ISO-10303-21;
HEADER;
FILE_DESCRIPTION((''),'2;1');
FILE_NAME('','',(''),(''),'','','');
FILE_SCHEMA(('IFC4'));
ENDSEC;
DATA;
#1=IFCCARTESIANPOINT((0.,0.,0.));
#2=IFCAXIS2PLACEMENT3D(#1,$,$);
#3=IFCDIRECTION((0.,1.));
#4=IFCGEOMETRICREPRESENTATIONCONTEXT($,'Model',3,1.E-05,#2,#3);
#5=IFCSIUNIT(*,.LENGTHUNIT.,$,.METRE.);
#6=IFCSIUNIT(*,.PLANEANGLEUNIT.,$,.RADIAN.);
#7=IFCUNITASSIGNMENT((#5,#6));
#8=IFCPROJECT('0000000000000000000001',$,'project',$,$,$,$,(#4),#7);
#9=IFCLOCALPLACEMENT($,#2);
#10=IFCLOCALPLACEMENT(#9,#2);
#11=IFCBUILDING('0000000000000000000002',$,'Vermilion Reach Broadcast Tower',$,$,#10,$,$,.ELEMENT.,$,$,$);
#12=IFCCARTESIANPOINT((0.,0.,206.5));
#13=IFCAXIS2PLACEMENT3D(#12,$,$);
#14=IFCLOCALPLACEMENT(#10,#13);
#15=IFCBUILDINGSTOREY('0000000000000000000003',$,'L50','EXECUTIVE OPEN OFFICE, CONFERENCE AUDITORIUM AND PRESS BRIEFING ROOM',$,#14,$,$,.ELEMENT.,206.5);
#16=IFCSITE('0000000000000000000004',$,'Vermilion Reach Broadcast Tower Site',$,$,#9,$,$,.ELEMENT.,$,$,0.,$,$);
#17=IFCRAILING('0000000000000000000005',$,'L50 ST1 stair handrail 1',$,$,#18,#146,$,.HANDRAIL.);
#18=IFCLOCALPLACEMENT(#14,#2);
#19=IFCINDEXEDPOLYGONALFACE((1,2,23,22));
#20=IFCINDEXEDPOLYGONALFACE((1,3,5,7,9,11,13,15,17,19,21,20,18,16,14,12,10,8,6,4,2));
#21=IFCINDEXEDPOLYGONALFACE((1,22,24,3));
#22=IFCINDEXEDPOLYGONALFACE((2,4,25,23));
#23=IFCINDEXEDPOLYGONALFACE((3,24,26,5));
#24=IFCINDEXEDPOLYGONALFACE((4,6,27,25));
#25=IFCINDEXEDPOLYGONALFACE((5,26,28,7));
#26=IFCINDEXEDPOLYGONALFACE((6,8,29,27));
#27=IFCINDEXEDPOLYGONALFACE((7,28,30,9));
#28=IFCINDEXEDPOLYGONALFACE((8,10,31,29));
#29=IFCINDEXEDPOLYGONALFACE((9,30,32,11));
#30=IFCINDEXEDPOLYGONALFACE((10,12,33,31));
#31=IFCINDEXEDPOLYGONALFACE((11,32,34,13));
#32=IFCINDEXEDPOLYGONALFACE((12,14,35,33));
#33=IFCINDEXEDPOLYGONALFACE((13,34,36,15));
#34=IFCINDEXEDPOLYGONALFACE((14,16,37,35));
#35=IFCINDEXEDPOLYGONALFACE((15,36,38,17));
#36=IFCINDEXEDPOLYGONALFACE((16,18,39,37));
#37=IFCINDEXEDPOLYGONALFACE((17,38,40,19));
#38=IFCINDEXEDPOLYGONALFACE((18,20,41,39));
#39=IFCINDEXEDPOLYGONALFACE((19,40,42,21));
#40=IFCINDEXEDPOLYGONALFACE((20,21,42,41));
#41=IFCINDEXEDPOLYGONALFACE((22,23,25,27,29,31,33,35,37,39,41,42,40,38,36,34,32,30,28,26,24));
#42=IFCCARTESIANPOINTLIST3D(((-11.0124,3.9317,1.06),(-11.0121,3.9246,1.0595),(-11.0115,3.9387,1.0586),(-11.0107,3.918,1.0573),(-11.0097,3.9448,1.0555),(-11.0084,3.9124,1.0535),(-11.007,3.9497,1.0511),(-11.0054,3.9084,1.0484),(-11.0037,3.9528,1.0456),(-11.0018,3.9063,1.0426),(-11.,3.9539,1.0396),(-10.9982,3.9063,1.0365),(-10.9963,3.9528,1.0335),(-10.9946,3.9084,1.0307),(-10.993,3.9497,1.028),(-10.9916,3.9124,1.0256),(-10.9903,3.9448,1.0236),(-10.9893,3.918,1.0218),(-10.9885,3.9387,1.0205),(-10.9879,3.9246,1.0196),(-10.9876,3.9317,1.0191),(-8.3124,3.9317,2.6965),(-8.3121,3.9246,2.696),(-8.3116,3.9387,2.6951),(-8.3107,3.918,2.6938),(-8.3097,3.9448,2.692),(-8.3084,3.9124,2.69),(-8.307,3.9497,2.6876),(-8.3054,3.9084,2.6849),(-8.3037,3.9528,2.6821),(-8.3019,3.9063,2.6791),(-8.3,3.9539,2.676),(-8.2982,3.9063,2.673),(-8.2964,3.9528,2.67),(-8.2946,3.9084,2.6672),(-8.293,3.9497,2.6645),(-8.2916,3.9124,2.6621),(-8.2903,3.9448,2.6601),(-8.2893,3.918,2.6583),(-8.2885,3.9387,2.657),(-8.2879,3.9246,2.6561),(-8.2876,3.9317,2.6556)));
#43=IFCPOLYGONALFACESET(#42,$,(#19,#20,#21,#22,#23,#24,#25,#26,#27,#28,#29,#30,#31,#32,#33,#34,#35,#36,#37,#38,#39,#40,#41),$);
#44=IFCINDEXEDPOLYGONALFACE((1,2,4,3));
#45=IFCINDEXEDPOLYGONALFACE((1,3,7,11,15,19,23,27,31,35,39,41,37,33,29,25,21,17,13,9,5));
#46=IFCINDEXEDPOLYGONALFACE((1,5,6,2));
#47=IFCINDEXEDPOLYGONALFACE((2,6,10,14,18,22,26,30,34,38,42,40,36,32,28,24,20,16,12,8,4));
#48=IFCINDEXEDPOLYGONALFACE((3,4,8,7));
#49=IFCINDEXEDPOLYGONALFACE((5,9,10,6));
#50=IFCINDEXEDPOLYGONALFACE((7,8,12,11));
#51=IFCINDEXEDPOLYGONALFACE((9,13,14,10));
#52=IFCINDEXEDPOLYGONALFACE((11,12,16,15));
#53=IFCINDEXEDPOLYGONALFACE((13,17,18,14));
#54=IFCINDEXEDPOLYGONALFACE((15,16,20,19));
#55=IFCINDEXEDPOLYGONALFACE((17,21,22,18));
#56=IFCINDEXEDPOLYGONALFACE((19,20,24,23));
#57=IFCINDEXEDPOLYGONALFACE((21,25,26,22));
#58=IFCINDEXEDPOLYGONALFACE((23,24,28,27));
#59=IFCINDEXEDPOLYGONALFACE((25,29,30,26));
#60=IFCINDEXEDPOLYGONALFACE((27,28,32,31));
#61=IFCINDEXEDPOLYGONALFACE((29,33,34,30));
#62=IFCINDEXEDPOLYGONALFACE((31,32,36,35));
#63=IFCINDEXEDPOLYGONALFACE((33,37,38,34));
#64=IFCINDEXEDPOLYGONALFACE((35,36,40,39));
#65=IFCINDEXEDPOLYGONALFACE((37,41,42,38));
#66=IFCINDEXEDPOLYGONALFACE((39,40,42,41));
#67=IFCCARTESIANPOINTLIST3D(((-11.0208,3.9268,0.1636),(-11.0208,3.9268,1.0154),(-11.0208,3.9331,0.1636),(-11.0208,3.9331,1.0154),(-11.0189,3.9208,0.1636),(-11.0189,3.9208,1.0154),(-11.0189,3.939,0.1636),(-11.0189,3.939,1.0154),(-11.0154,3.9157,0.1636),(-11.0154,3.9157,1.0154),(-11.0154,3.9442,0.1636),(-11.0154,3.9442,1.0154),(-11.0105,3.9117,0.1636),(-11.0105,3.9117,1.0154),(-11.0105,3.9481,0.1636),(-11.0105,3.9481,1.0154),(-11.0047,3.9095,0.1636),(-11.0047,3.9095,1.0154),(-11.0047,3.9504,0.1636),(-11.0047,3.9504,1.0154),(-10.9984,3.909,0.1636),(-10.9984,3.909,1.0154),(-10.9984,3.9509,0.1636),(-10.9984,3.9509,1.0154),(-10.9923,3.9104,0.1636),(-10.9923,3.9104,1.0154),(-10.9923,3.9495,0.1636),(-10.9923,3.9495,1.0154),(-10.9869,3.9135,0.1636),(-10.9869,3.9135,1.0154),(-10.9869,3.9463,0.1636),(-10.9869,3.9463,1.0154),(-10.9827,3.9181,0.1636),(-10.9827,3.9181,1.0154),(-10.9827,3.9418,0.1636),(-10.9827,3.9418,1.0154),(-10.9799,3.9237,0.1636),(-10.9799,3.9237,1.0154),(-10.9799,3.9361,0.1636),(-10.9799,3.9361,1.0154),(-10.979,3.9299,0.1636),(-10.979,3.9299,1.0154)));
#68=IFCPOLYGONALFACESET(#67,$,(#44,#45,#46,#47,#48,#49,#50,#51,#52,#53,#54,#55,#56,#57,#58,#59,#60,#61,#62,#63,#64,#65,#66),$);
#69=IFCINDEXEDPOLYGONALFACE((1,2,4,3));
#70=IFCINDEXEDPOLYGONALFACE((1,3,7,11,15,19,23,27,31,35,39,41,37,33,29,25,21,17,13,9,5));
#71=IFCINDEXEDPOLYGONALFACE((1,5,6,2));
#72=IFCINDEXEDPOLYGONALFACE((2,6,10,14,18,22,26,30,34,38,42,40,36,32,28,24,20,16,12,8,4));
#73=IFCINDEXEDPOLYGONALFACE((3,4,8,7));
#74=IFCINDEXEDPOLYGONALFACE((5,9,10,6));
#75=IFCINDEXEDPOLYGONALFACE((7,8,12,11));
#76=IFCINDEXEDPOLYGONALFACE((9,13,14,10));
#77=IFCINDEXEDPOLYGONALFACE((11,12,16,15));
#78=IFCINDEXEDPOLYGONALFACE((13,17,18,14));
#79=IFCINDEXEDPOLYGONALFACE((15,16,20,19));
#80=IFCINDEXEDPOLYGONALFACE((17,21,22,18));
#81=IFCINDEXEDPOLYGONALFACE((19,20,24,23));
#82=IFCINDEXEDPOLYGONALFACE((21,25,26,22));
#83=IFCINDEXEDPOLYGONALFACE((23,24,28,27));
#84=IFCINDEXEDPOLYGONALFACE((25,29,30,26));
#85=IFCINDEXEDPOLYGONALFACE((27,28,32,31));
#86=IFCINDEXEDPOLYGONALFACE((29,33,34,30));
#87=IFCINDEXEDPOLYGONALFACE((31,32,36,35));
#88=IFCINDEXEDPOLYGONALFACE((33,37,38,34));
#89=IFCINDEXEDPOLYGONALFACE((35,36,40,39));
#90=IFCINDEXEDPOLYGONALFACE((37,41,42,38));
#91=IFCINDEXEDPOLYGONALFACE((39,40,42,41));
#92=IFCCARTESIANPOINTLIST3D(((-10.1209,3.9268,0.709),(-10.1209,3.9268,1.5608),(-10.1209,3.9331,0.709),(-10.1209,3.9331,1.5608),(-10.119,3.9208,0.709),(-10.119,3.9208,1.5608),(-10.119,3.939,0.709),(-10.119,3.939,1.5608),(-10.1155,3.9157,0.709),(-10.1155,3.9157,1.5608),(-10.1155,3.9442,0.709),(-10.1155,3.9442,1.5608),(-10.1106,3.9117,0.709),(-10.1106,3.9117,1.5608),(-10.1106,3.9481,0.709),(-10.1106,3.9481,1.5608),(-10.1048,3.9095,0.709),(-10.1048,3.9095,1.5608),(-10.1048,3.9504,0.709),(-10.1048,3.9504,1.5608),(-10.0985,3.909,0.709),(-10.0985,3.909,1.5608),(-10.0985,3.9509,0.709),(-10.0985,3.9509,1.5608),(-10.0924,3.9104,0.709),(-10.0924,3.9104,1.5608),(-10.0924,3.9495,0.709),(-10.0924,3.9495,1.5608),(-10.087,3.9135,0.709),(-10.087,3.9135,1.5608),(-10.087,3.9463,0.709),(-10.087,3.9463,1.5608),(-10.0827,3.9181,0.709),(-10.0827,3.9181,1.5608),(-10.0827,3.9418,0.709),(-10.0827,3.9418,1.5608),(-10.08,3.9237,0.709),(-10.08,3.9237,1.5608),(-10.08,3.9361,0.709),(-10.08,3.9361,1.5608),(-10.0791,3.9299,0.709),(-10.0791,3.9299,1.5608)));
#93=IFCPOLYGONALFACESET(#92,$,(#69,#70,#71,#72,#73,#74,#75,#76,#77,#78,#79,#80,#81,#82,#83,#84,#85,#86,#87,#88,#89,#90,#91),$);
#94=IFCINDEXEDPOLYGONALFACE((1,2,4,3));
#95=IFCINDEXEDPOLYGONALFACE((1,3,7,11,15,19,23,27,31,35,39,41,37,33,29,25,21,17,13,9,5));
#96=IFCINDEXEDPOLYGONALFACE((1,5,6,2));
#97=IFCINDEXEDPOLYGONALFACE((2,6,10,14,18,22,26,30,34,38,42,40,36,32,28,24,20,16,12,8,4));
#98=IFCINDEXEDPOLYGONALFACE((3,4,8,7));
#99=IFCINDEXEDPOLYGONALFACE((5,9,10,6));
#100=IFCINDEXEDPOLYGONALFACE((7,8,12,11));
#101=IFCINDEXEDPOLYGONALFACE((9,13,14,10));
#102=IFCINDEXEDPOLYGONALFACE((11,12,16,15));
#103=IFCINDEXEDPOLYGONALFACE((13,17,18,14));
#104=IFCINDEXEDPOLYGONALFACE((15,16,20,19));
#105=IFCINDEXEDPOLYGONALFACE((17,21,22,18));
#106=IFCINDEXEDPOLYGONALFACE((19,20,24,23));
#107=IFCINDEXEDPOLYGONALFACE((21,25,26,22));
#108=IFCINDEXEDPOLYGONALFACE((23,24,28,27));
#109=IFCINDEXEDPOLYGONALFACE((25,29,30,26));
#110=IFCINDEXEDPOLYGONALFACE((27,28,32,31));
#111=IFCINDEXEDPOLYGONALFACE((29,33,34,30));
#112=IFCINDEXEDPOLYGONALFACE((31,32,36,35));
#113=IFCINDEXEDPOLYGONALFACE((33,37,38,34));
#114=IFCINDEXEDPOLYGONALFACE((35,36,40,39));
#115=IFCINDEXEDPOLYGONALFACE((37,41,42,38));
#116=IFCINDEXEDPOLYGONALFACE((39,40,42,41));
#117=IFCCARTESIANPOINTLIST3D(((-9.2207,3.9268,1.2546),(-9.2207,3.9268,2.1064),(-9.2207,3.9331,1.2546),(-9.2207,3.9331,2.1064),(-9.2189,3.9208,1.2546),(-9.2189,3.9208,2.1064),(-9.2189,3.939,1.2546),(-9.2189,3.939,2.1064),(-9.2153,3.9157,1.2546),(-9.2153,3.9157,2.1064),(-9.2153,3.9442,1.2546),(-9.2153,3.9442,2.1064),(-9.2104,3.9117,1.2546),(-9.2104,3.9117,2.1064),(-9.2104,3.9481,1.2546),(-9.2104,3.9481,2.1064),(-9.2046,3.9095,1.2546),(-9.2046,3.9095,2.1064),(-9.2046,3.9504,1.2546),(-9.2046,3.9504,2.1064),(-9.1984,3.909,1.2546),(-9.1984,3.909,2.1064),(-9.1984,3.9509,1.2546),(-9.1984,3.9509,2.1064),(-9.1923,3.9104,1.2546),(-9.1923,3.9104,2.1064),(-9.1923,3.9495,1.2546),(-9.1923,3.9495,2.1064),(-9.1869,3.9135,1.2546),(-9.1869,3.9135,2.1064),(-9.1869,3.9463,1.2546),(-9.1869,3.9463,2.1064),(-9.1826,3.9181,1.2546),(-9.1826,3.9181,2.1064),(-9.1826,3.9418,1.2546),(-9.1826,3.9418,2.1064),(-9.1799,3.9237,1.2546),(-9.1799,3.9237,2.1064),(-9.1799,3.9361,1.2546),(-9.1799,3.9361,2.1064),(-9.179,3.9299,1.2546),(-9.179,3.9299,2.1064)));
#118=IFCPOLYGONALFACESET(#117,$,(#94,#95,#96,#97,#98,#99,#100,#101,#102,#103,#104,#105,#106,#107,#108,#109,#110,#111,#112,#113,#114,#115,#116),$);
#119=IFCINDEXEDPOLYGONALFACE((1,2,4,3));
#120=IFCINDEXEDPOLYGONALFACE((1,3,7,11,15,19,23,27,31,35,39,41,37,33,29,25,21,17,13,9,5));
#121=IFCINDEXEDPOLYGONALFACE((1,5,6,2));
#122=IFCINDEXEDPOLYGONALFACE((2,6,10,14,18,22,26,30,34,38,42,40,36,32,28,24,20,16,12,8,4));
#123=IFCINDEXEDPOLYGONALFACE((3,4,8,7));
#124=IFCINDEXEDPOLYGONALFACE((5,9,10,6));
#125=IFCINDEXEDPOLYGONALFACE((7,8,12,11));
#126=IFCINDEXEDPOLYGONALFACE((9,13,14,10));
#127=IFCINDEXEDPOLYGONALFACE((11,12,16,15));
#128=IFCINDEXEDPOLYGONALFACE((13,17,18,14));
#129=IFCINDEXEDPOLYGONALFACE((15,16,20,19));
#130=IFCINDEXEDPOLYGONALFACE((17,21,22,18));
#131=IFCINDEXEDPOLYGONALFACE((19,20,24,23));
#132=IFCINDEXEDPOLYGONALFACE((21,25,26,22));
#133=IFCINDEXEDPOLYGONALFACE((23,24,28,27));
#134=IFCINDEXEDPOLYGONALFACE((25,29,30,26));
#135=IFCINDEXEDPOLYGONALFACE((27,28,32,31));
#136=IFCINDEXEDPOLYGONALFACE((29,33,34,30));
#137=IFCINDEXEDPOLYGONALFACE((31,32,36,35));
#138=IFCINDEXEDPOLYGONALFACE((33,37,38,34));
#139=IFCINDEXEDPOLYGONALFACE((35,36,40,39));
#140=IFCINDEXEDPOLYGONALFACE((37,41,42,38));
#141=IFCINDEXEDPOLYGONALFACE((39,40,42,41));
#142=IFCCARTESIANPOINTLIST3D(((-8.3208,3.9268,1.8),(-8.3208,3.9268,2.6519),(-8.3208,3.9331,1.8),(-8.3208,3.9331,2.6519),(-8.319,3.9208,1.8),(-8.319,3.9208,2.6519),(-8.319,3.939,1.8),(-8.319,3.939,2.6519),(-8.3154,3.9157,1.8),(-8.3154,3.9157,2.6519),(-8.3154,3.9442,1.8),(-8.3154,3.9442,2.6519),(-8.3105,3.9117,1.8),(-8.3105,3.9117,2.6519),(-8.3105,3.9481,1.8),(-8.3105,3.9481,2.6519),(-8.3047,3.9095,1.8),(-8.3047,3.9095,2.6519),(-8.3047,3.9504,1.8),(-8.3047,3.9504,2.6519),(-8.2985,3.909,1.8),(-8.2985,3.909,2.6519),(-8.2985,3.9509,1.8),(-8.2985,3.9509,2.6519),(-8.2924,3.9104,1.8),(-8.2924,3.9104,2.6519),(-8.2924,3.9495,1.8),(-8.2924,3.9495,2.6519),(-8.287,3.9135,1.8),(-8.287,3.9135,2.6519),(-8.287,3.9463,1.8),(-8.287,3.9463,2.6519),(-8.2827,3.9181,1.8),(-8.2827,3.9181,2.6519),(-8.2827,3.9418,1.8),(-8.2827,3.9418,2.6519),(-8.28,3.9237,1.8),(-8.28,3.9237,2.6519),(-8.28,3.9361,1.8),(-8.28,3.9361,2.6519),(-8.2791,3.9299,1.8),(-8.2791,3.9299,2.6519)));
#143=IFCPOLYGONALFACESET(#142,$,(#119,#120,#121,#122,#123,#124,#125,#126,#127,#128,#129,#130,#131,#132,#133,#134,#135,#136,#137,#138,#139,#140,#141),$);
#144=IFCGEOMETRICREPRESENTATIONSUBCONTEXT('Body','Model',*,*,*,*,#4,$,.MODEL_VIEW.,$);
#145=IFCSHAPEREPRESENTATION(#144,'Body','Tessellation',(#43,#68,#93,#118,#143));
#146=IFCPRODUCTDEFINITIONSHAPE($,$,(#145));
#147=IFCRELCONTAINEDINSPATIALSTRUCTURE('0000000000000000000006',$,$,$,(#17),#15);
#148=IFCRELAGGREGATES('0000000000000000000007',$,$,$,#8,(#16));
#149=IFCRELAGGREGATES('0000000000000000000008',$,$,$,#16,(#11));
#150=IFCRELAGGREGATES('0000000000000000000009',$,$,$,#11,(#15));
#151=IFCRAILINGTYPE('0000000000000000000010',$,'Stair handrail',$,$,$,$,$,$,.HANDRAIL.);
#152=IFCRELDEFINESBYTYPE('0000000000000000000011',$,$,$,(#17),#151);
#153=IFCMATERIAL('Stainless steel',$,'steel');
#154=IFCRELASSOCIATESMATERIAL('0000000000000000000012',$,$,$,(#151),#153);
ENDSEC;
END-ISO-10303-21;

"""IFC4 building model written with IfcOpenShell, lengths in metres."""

from ifc_helpers import new_model, si_unit, direction, frame, origin, origin_2d, place, context, subcontext, project, spatial, circle, extrude, material, type_object, element, save


model = new_model("IFC4")

# Units and contexts
model_context = context("Model", 3, precision=1e-05, world=origin(), true_north=direction((0.0, 1.0)))
body_context = subcontext(model_context, "Body", "Model", "MODEL_VIEW")
ifc_project = project(units=[si_unit("LENGTHUNIT", "METRE"), si_unit("PLANEANGLEUNIT", "RADIAN")], contexts=[model_context])

# Site, building, storey
site_placement = place(None, origin())
site = spatial("IfcSite", under=ifc_project, at=site_placement, Name="Vermilion Reach Broadcast Tower Site", CompositionType="ELEMENT", RefElevation=0.0)
building_placement = place(site_placement, origin())
building = spatial("IfcBuilding", under=site, at=building_placement, Name="Vermilion Reach Broadcast Tower", CompositionType="ELEMENT")
storey_placement = place(building_placement, frame((0.0, 0.0, 206.5)))
storey = spatial("IfcBuildingStorey", under=building, at=storey_placement, Name="L50", Description="EXECUTIVE OPEN OFFICE, CONFERENCE AUDITORIUM AND PRESS BRIEFING ROOM", CompositionType="ELEMENT", Elevation=206.5)

# Railing
ifc_material_1 = material(Name="Stainless steel", Category="steel")
railing_type_1 = type_object("IfcRailingType", Name="Stair handrail", PredefinedType="HANDRAIL", material=ifc_material_1)
railing_1_placement = place(storey_placement, frame((-11.0, 3.9299, 0.1636)))
element("IfcRailing", 1, at=railing_1_placement, inside=storey, type_object=railing_type_1, Name="L50 ST1 stair handrail 1", PredefinedType="HANDRAIL", context=body_context, shape_type="SweptSolid", body=[
    extrude(circle(Radius=0.0239, at=origin_2d()), frame((0.0, 0.0, 0.876), z_axis=(0.855178, 0.0, 0.518334), x_axis=(0.0, 1.0, 0.0)), (0.0, 0.0, 1.0), 3.1572),
    extrude(circle(Radius=0.021, at=origin_2d()), origin(), (0.0, 0.0, 1.0), 0.8518),
    extrude(circle(Radius=0.021, at=origin_2d()), frame((0.8999, 0.0, 0.5454)), (0.0, 0.0, 1.0), 0.8518),
    extrude(circle(Radius=0.021, at=origin_2d()), frame((1.8, 0.0, 1.0911)), (0.0, 0.0, 1.0), 0.8518),
    extrude(circle(Radius=0.021, at=origin_2d()), frame((2.7, 0.0, 1.6365)), (0.0, 0.0, 1.0), 0.8518),
])

save(model, "model.ifc")
